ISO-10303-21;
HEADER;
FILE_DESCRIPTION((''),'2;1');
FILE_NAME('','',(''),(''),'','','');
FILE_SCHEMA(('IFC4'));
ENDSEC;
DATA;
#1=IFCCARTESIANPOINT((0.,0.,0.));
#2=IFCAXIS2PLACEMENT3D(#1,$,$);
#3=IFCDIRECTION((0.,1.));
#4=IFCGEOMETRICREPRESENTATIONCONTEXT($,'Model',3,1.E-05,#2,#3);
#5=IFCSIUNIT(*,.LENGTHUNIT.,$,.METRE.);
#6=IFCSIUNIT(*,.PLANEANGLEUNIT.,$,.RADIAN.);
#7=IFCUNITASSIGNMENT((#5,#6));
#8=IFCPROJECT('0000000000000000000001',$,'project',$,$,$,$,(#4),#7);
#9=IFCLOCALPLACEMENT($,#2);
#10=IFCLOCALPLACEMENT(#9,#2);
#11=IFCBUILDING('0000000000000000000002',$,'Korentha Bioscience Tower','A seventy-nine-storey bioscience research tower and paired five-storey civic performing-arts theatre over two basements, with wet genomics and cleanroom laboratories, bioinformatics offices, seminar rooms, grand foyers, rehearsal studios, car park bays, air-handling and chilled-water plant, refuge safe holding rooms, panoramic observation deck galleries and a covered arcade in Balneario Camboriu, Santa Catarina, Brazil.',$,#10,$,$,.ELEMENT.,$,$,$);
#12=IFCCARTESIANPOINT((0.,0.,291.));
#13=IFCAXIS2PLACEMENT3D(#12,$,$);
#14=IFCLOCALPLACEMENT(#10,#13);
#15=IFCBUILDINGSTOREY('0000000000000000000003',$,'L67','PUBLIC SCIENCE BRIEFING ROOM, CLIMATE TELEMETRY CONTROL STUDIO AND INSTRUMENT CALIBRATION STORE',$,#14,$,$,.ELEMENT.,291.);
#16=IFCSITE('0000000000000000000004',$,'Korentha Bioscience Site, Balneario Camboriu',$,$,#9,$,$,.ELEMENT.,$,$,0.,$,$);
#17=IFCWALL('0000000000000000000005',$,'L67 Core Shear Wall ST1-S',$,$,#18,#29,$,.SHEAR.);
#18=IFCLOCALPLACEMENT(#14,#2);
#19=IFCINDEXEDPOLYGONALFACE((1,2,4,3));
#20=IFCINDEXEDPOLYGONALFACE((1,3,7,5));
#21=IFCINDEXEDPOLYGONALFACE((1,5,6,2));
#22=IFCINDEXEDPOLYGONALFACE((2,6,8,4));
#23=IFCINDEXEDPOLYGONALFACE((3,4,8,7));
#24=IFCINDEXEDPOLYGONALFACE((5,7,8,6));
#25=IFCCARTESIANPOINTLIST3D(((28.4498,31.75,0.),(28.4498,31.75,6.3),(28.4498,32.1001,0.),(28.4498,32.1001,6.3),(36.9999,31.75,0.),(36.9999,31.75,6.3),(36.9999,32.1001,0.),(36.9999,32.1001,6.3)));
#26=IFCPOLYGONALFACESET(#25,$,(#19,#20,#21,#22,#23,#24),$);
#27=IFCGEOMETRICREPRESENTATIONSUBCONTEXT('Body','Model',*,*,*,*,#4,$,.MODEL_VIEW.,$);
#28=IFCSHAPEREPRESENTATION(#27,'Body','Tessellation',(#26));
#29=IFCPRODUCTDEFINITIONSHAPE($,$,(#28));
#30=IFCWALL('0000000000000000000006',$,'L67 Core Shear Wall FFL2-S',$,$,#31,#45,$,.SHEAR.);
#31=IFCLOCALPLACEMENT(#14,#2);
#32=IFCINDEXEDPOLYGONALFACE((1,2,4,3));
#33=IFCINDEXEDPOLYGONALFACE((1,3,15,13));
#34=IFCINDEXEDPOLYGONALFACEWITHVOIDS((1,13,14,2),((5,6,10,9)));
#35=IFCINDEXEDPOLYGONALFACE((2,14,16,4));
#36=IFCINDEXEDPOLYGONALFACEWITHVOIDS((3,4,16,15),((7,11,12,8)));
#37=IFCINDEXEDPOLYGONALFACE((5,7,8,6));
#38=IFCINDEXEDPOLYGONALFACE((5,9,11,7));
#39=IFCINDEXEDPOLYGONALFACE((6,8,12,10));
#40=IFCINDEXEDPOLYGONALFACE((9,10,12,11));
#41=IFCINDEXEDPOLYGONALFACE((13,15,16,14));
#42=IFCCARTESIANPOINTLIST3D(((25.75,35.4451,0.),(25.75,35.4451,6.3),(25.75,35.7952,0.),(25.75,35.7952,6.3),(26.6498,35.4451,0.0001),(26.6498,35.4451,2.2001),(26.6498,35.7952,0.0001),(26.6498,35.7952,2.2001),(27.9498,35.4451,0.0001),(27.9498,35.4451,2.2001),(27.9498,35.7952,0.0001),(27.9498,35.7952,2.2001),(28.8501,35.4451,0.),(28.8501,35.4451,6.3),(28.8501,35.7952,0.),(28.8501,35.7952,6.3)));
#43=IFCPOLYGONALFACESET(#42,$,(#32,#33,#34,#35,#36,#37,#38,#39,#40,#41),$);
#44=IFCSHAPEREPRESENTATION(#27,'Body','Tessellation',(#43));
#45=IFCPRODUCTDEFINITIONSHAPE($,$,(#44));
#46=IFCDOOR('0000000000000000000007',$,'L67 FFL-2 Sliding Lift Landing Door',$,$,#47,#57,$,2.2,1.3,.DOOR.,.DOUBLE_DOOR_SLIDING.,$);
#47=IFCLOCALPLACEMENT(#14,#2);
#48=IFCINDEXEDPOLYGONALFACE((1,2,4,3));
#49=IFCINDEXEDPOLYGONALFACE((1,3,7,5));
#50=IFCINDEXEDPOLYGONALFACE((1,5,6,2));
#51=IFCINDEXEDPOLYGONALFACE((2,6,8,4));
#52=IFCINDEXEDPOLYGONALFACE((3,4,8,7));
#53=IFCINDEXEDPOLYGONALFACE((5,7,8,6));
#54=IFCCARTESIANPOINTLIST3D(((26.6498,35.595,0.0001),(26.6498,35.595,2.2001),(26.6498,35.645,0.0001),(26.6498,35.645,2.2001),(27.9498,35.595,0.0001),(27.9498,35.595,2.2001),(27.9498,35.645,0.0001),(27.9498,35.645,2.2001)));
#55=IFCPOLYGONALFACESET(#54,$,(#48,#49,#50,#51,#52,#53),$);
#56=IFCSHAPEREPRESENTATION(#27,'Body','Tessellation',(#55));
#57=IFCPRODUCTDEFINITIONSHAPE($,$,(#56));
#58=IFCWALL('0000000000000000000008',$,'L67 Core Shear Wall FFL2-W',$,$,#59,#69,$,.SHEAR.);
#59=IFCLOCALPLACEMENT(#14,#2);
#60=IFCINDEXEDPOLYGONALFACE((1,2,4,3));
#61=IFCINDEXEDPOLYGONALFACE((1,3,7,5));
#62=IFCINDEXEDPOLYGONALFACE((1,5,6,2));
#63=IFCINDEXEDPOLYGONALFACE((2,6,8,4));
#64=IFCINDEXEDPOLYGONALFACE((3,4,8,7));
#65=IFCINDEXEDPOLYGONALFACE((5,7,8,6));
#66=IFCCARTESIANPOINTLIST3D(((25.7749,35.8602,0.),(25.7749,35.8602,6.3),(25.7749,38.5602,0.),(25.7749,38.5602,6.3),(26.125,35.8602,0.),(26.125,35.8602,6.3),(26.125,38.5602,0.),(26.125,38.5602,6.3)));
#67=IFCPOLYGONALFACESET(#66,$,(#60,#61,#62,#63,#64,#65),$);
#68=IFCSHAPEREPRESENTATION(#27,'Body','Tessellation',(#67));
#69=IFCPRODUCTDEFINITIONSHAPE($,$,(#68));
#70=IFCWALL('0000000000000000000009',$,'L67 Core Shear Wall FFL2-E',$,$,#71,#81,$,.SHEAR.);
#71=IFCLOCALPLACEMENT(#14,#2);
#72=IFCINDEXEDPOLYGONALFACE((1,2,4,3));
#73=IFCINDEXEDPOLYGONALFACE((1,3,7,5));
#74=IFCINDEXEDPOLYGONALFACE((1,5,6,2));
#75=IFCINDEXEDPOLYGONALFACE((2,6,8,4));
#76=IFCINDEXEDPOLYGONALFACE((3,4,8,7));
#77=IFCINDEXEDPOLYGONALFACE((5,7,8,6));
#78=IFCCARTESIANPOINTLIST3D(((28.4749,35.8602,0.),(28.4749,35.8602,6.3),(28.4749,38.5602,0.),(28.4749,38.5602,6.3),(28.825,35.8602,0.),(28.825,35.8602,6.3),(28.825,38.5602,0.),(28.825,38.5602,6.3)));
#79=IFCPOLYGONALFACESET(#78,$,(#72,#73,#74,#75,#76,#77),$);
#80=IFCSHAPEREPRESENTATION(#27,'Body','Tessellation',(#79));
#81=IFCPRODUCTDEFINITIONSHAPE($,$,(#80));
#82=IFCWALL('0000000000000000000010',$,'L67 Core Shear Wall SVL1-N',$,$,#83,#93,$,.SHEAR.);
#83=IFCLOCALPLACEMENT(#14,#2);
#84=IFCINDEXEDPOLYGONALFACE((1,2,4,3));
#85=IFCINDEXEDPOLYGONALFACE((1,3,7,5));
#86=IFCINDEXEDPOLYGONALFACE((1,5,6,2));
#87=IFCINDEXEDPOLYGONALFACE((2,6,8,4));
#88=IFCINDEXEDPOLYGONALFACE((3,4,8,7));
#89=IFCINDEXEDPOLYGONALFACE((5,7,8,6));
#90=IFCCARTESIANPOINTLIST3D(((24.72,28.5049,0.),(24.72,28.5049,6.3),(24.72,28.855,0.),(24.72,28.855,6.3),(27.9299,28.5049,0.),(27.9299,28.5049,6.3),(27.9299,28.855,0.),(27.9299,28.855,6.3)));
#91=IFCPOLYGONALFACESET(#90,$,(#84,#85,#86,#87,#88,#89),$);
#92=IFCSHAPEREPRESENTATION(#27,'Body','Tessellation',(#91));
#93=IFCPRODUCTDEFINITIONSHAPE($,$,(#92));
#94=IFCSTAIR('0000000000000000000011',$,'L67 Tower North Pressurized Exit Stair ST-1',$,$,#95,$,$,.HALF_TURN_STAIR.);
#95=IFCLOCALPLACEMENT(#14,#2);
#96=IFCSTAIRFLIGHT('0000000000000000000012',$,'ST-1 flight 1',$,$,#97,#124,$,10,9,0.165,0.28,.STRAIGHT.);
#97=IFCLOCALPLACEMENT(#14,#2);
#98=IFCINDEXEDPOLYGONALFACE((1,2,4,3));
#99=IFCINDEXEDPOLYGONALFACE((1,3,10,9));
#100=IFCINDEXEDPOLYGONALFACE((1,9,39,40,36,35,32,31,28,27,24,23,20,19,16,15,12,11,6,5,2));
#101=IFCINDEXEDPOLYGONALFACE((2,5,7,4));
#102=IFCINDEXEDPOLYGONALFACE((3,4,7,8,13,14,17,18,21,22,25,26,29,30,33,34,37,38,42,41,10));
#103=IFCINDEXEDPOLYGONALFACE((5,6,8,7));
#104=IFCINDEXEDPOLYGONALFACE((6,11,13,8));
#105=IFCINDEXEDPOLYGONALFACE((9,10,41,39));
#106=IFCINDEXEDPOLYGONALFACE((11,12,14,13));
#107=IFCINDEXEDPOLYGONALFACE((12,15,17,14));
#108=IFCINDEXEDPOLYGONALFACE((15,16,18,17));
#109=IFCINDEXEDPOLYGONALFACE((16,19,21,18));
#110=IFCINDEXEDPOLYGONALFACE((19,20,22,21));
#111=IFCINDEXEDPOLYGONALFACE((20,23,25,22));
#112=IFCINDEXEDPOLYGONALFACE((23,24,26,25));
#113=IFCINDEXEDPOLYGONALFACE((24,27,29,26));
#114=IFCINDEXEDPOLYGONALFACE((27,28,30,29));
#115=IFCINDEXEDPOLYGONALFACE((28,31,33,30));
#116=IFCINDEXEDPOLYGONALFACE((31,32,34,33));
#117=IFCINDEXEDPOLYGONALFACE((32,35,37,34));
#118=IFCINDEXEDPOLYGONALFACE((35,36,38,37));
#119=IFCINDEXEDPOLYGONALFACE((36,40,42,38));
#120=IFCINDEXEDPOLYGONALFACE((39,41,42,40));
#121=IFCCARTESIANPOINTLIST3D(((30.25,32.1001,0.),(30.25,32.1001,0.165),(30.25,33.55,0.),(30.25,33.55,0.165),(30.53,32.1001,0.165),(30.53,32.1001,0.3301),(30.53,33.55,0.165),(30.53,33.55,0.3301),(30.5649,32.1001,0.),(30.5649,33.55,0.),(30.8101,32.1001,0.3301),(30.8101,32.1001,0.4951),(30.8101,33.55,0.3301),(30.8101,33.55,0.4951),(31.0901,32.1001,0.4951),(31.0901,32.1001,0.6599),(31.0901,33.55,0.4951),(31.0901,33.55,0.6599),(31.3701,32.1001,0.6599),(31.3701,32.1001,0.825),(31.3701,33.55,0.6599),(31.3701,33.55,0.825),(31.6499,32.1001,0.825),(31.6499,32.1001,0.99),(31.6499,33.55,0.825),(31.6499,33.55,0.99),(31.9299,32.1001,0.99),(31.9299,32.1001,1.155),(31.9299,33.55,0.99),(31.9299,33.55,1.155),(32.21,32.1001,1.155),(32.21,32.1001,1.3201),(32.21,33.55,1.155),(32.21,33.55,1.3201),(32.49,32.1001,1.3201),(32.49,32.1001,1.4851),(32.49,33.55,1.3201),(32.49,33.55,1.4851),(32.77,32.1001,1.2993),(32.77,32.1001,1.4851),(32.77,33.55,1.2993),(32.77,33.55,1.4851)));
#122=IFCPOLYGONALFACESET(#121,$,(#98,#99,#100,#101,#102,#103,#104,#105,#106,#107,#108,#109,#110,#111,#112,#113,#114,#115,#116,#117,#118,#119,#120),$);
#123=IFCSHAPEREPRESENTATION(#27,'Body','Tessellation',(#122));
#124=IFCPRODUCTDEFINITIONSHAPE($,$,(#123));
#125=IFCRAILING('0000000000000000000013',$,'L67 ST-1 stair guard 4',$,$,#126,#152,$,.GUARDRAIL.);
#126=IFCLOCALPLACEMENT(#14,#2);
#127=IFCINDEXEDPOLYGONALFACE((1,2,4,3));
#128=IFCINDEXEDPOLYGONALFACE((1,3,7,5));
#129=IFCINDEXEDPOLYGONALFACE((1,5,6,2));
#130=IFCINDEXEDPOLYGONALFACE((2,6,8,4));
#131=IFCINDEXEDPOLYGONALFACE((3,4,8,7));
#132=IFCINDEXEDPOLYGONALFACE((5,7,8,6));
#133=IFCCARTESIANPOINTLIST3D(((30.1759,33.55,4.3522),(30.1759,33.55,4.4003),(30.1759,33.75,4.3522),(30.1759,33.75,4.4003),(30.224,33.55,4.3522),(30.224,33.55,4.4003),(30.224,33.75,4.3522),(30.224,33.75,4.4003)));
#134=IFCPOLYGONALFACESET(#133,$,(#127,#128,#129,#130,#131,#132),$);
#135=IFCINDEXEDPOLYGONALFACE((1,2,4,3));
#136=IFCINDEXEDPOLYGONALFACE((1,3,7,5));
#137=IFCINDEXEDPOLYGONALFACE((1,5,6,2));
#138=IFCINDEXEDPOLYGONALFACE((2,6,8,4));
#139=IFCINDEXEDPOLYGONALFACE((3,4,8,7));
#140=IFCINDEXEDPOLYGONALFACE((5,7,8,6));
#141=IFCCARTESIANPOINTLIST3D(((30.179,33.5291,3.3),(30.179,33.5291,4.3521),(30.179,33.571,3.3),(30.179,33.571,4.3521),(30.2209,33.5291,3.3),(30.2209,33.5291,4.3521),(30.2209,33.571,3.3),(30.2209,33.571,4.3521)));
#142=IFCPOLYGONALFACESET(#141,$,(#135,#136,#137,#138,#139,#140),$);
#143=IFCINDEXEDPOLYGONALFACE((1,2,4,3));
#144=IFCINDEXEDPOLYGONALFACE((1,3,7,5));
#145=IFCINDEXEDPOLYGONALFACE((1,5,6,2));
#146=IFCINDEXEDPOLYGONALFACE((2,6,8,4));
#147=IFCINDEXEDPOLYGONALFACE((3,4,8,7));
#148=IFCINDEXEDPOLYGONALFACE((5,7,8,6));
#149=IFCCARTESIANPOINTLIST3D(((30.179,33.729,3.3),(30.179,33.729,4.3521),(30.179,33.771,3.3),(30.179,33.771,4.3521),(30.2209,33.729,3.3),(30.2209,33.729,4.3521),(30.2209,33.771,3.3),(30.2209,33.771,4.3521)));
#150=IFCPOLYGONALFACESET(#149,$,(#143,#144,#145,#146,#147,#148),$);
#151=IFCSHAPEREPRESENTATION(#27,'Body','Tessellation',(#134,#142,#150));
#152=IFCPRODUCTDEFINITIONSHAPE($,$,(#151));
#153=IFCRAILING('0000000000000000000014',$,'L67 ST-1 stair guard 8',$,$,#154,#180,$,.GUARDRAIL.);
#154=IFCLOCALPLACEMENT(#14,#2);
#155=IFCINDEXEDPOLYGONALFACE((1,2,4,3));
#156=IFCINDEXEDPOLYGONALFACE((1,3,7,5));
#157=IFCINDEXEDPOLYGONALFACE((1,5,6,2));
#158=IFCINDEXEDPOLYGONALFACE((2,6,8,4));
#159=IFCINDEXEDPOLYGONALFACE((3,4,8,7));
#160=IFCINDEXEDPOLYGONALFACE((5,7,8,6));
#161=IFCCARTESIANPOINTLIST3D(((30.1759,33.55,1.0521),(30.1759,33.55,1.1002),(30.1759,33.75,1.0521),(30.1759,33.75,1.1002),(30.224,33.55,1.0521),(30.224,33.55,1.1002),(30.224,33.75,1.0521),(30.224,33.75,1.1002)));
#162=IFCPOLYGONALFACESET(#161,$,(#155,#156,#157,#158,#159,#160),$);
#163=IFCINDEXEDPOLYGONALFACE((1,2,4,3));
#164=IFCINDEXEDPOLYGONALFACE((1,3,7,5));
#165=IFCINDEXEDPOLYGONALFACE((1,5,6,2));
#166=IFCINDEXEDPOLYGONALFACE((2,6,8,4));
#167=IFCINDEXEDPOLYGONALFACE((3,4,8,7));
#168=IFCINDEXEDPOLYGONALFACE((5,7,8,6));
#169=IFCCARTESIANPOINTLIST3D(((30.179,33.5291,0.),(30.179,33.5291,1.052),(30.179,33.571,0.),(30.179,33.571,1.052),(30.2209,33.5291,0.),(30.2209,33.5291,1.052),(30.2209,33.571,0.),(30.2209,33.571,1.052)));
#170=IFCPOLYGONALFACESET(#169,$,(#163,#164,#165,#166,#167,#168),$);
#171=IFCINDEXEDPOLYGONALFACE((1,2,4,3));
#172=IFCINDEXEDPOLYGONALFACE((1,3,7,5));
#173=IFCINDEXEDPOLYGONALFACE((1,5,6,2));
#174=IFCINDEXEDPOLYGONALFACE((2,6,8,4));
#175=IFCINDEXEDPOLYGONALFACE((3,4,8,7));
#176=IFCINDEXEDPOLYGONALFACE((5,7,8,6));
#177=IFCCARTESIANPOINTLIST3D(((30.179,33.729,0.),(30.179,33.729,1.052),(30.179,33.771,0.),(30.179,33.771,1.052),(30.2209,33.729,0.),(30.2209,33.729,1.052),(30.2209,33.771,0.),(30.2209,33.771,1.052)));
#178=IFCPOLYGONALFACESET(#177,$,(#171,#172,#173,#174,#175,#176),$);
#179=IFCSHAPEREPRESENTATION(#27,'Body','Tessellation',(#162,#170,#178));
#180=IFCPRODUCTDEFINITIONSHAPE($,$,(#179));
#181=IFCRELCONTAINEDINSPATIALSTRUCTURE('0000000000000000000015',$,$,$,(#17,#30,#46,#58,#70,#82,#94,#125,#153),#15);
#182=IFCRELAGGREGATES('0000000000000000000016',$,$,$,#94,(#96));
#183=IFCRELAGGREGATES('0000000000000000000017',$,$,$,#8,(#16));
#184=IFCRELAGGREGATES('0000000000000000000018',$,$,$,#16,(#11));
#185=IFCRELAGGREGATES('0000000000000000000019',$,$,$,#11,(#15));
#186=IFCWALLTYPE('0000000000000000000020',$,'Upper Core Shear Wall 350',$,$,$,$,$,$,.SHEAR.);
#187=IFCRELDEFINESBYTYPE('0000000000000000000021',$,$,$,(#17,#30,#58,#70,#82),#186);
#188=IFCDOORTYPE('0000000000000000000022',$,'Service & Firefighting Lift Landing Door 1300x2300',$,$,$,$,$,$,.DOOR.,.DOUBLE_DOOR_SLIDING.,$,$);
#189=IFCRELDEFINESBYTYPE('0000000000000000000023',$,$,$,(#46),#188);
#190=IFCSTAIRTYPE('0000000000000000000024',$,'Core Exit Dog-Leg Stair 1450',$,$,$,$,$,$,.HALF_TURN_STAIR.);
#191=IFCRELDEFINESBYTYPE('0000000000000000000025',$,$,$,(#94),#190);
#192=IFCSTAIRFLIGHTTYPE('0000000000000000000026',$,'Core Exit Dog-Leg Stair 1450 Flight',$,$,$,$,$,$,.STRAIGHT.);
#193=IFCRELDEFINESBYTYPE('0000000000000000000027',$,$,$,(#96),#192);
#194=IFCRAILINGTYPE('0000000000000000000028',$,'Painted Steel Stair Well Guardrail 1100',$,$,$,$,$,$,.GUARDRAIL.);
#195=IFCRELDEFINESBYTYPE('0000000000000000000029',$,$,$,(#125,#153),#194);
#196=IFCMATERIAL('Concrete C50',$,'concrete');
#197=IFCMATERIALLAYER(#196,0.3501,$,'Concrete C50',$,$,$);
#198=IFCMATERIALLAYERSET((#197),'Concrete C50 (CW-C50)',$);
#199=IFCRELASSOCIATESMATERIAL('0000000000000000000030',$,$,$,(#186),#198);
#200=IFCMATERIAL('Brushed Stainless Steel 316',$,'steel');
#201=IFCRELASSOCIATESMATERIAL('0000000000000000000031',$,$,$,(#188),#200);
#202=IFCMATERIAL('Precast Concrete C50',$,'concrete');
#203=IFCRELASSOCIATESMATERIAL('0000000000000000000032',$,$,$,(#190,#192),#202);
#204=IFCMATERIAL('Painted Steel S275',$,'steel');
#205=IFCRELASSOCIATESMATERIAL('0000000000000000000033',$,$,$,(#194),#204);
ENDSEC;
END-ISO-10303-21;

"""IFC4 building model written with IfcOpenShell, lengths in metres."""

from ifc_helpers import new_model, si_unit, direction, frame, frame_2d, origin, origin_2d, place, context, subcontext, project, spatial, polyline, rectangle, outline, extrude, material, layer, layer_set, type_object, element, fill, aggregate, save


model = new_model("IFC4")

# Units and contexts
model_context = context("Model", 3, precision=1e-05, world=origin(), true_north=direction((0.0, 1.0)))
body_context = subcontext(model_context, "Body", "Model", "MODEL_VIEW")
ifc_project = project(units=[si_unit("LENGTHUNIT", "METRE"), si_unit("PLANEANGLEUNIT", "RADIAN")], contexts=[model_context])

# Site, building, storey
site_placement = place(None, origin())
site = spatial("IfcSite", under=ifc_project, at=site_placement, Name="Korentha Bioscience Site, Balneario Camboriu", CompositionType="ELEMENT", RefElevation=0.0)
building_placement = place(site_placement, origin())
building = spatial("IfcBuilding", under=site, at=building_placement, Name="Korentha Bioscience Tower", Description="A seventy-nine-storey bioscience research tower and paired five-storey civic performing-arts theatre over two basements, with wet genomics and cleanroom laboratories, bioinformatics offices, seminar rooms, grand foyers, rehearsal studios, car park bays, air-handling and chilled-water plant, refuge safe holding rooms, panoramic observation deck galleries and a covered arcade in Balneario Camboriu, Santa Catarina, Brazil.", CompositionType="ELEMENT")
storey_placement = place(building_placement, frame((0.0, 0.0, 291.0)))
storey = spatial("IfcBuildingStorey", under=building, at=storey_placement, Name="L67", Description="PUBLIC SCIENCE BRIEFING ROOM, CLIMATE TELEMETRY CONTROL STUDIO AND INSTRUMENT CALIBRATION STORE", CompositionType="ELEMENT", Elevation=291.0)

# Shared definitions
ifc_material_1 = material(Name="Concrete C50", Category="concrete")

# Wall
ifc_layer_1 = layer(ifc_material_1, 0.3501, Name="Concrete C50")
ifc_layer_set_1 = layer_set([ifc_layer_1], Name="Concrete C50 (CW-C50)")
wall_type_1 = type_object("IfcWallType", Name="Upper Core Shear Wall 350", PredefinedType="SHEAR", material=ifc_layer_set_1)
wall_1_placement = place(storey_placement, frame((28.45, 31.925, 0.0), z_axis=(0.0, 0.0, 1.0), x_axis=(1.0, 0.0, 0.0)))
element("IfcWall", 1, at=wall_1_placement, inside=storey, type_object=wall_type_1, Name="L67 Core Shear Wall ST1-S", PredefinedType="SHEAR", context=body_context, shape_type="SweptSolid", body=[
    extrude(rectangle(XDim=8.55, YDim=0.3501, at=frame_2d((4.2749, 0.0))), origin(), (0.0, 0.0, 1.0), 6.3),
])

# Wall, opening, door
wall_2_placement = place(storey_placement, frame((25.75, 35.6201, 0.0), z_axis=(0.0, 0.0, 1.0), x_axis=(1.0, 0.0, 0.0)))
wall_2 = element("IfcWall", 2, at=wall_2_placement, inside=storey, type_object=wall_type_1, Name="L67 Core Shear Wall FFL2-S", PredefinedType="SHEAR", context=body_context, shape_type="SweptSolid", body=[
    extrude(rectangle(XDim=3.1001, YDim=0.3501, at=frame_2d((1.55, 0.0))), origin(), (0.0, 0.0, 1.0), 6.3),
])
opening_1_placement = place(wall_2_placement, frame((0.8999, 0.0, 0.0)))
opening_1 = element("IfcOpeningElement", 3, at=opening_1_placement, cuts=wall_2, PredefinedType="OPENING", context=body_context, shape_type="SweptSolid", body=[
    extrude(rectangle(XDim=1.3, YDim=2.2, at=frame_2d((0.6499, 1.1001))), frame((0.0, 0.1899, 0.0), z_axis=(0.0, -1.0, 0.0), x_axis=(1.0, 0.0, 0.0)), (0.0, 0.0, 1.0), 0.3799),
])
ifc_material_2 = material(Name="Brushed Stainless Steel 316", Category="steel")
door_type_1 = type_object("IfcDoorType", Name="Service & Firefighting Lift Landing Door 1300x2300", OperationType="DOUBLE_DOOR_SLIDING", PredefinedType="DOOR", material=ifc_material_2)
door_1_placement = place(opening_1_placement, origin())
door_1 = element("IfcDoor", 4, at=door_1_placement, inside=storey, type_object=door_type_1, Name="L67 FFL-2 Sliding Lift Landing Door", OperationType="DOUBLE_DOOR_SLIDING", OverallHeight=2.2, OverallWidth=1.3, PredefinedType="DOOR", context=body_context, shape_type="SweptSolid", body=[
    extrude(rectangle(XDim=1.3, YDim=2.2, at=frame_2d((0.6499, 1.1001))), frame((0.0, 0.0249, 0.0), z_axis=(0.0, -1.0, 0.0), x_axis=(1.0, 0.0, 0.0)), (0.0, 0.0, 1.0), 0.05),
])
fill(opening_1, door_1)

# Walls
for number, where, z_axis, x_axis, name in (
    (5, (25.95, 35.8601, 0.0), (0.0, 0.0, 1.0), (0.0, 1.0, 0.0), "L67 Core Shear Wall FFL2-W"),
    (6, (28.6499, 35.8601, 0.0), (0.0, 0.0, 1.0), (0.0, 1.0, 0.0), "L67 Core Shear Wall FFL2-E"),
):
    element("IfcWall", number, at=place(storey_placement, frame(where, z_axis=z_axis, x_axis=x_axis)), inside=storey, type_object=wall_type_1, Name=name, PredefinedType="SHEAR", context=body_context, shape_type="SweptSolid", body=[
        extrude(rectangle(XDim=2.7, YDim=0.3501, at=frame_2d((1.3501, 0.0))), origin(), (0.0, 0.0, 1.0), 6.3),
    ])
wall_3_placement = place(storey_placement, frame((24.72, 28.6799, 0.0), z_axis=(0.0, 0.0, 1.0), x_axis=(1.0, 0.0, 0.0)))
element("IfcWall", 7, at=wall_3_placement, inside=storey, type_object=wall_type_1, Name="L67 Core Shear Wall SVL1-N", PredefinedType="SHEAR", context=body_context, shape_type="SweptSolid", body=[
    extrude(rectangle(XDim=3.21, YDim=0.3501, at=frame_2d((1.605, 0.0))), origin(), (0.0, 0.0, 1.0), 6.3),
])

# Stair, stair flight
ifc_material_3 = material(Name="Precast Concrete C50", Category="concrete")
stair_type = type_object("IfcStairType", Name="Core Exit Dog-Leg Stair 1450", PredefinedType="HALF_TURN_STAIR", material=ifc_material_3)
stair_placement = place(storey_placement, origin())
stair = element("IfcStair", 8, at=stair_placement, inside=storey, type_object=stair_type, Name="L67 Tower North Pressurized Exit Stair ST-1", PredefinedType="HALF_TURN_STAIR")
stair_flight_type = type_object("IfcStairFlightType", Name="Core Exit Dog-Leg Stair 1450 Flight", PredefinedType="STRAIGHT", material=ifc_material_3)
stair_flight_placement = place(storey_placement, frame((30.25, 32.825, 0.0), z_axis=(0.0, 0.0, 1.0), x_axis=(1.0, 0.0, 0.0)))
stair_flight = element("IfcStairFlight", 9, at=stair_flight_placement, type_object=stair_flight_type, Name="ST-1 flight 1", NumberOfRisers=10, NumberOfTreads=9, PredefinedType="STRAIGHT", RiserHeight=0.165, TreadLength=0.28, context=body_context, shape_type="SweptSolid", body=[
    extrude(outline(polyline([(0.0, 0.0), (0.0, 0.165), (0.28, 0.165), (0.28, 0.3301), (0.5601, 0.3301), (0.5601, 0.4951), (0.8401, 0.4951), (0.8401, 0.6599), (1.1201, 0.6599), (1.1201, 0.825), (1.3999, 0.825), (1.3999, 0.99), (1.6799, 0.99), (1.6799, 1.155), (1.96, 1.155), (1.96, 1.3201), (2.24, 1.3201), (2.24, 1.4851), (2.52, 1.4851), (2.52, 1.6499), (2.52, 1.2993), (0.3149, 0.0), (0.0, 0.0)])), frame((0.0, 0.7251, 0.0), z_axis=(0.0, -1.0, 0.0), x_axis=(1.0, 0.0, 0.0)), (0.0, 0.0, 1.0), 1.45),
])
aggregate(stair, [stair_flight])

# Railings
ifc_material_4 = material(Name="Painted Steel S275", Category="steel")
railing_type = type_object("IfcRailingType", Name="Painted Steel Stair Well Guardrail 1100", PredefinedType="GUARDRAIL", material=ifc_material_4)
for number, where, name in (
    (10, (30.2, 33.55, 3.3), "L67 ST-1 stair guard 4"),
    (11, (30.2, 33.55, 0.0), "L67 ST-1 stair guard 8"),
):
    element("IfcRailing", number, at=place(storey_placement, frame(where)), inside=storey, type_object=railing_type, Name=name, PredefinedType="GUARDRAIL", context=body_context, shape_type="SweptSolid", body=[
        extrude(rectangle(XDim=0.0481, YDim=0.0481, at=origin_2d()), frame((0.0, 0.0, 1.0762), z_axis=(0.0, 1.0, 0.0), x_axis=(-1.0, 0.0, 0.0)), (0.0, 0.0, 1.0), 0.2),
        extrude(rectangle(XDim=0.042, YDim=0.042, at=origin_2d()), origin(), (0.0, 0.0, 1.0), 1.052),
        extrude(rectangle(XDim=0.042, YDim=0.042, at=origin_2d()), frame((0.0, 0.2, 0.0)), (0.0, 0.0, 1.0), 1.052),
    ])

save(model, "model.ifc")
